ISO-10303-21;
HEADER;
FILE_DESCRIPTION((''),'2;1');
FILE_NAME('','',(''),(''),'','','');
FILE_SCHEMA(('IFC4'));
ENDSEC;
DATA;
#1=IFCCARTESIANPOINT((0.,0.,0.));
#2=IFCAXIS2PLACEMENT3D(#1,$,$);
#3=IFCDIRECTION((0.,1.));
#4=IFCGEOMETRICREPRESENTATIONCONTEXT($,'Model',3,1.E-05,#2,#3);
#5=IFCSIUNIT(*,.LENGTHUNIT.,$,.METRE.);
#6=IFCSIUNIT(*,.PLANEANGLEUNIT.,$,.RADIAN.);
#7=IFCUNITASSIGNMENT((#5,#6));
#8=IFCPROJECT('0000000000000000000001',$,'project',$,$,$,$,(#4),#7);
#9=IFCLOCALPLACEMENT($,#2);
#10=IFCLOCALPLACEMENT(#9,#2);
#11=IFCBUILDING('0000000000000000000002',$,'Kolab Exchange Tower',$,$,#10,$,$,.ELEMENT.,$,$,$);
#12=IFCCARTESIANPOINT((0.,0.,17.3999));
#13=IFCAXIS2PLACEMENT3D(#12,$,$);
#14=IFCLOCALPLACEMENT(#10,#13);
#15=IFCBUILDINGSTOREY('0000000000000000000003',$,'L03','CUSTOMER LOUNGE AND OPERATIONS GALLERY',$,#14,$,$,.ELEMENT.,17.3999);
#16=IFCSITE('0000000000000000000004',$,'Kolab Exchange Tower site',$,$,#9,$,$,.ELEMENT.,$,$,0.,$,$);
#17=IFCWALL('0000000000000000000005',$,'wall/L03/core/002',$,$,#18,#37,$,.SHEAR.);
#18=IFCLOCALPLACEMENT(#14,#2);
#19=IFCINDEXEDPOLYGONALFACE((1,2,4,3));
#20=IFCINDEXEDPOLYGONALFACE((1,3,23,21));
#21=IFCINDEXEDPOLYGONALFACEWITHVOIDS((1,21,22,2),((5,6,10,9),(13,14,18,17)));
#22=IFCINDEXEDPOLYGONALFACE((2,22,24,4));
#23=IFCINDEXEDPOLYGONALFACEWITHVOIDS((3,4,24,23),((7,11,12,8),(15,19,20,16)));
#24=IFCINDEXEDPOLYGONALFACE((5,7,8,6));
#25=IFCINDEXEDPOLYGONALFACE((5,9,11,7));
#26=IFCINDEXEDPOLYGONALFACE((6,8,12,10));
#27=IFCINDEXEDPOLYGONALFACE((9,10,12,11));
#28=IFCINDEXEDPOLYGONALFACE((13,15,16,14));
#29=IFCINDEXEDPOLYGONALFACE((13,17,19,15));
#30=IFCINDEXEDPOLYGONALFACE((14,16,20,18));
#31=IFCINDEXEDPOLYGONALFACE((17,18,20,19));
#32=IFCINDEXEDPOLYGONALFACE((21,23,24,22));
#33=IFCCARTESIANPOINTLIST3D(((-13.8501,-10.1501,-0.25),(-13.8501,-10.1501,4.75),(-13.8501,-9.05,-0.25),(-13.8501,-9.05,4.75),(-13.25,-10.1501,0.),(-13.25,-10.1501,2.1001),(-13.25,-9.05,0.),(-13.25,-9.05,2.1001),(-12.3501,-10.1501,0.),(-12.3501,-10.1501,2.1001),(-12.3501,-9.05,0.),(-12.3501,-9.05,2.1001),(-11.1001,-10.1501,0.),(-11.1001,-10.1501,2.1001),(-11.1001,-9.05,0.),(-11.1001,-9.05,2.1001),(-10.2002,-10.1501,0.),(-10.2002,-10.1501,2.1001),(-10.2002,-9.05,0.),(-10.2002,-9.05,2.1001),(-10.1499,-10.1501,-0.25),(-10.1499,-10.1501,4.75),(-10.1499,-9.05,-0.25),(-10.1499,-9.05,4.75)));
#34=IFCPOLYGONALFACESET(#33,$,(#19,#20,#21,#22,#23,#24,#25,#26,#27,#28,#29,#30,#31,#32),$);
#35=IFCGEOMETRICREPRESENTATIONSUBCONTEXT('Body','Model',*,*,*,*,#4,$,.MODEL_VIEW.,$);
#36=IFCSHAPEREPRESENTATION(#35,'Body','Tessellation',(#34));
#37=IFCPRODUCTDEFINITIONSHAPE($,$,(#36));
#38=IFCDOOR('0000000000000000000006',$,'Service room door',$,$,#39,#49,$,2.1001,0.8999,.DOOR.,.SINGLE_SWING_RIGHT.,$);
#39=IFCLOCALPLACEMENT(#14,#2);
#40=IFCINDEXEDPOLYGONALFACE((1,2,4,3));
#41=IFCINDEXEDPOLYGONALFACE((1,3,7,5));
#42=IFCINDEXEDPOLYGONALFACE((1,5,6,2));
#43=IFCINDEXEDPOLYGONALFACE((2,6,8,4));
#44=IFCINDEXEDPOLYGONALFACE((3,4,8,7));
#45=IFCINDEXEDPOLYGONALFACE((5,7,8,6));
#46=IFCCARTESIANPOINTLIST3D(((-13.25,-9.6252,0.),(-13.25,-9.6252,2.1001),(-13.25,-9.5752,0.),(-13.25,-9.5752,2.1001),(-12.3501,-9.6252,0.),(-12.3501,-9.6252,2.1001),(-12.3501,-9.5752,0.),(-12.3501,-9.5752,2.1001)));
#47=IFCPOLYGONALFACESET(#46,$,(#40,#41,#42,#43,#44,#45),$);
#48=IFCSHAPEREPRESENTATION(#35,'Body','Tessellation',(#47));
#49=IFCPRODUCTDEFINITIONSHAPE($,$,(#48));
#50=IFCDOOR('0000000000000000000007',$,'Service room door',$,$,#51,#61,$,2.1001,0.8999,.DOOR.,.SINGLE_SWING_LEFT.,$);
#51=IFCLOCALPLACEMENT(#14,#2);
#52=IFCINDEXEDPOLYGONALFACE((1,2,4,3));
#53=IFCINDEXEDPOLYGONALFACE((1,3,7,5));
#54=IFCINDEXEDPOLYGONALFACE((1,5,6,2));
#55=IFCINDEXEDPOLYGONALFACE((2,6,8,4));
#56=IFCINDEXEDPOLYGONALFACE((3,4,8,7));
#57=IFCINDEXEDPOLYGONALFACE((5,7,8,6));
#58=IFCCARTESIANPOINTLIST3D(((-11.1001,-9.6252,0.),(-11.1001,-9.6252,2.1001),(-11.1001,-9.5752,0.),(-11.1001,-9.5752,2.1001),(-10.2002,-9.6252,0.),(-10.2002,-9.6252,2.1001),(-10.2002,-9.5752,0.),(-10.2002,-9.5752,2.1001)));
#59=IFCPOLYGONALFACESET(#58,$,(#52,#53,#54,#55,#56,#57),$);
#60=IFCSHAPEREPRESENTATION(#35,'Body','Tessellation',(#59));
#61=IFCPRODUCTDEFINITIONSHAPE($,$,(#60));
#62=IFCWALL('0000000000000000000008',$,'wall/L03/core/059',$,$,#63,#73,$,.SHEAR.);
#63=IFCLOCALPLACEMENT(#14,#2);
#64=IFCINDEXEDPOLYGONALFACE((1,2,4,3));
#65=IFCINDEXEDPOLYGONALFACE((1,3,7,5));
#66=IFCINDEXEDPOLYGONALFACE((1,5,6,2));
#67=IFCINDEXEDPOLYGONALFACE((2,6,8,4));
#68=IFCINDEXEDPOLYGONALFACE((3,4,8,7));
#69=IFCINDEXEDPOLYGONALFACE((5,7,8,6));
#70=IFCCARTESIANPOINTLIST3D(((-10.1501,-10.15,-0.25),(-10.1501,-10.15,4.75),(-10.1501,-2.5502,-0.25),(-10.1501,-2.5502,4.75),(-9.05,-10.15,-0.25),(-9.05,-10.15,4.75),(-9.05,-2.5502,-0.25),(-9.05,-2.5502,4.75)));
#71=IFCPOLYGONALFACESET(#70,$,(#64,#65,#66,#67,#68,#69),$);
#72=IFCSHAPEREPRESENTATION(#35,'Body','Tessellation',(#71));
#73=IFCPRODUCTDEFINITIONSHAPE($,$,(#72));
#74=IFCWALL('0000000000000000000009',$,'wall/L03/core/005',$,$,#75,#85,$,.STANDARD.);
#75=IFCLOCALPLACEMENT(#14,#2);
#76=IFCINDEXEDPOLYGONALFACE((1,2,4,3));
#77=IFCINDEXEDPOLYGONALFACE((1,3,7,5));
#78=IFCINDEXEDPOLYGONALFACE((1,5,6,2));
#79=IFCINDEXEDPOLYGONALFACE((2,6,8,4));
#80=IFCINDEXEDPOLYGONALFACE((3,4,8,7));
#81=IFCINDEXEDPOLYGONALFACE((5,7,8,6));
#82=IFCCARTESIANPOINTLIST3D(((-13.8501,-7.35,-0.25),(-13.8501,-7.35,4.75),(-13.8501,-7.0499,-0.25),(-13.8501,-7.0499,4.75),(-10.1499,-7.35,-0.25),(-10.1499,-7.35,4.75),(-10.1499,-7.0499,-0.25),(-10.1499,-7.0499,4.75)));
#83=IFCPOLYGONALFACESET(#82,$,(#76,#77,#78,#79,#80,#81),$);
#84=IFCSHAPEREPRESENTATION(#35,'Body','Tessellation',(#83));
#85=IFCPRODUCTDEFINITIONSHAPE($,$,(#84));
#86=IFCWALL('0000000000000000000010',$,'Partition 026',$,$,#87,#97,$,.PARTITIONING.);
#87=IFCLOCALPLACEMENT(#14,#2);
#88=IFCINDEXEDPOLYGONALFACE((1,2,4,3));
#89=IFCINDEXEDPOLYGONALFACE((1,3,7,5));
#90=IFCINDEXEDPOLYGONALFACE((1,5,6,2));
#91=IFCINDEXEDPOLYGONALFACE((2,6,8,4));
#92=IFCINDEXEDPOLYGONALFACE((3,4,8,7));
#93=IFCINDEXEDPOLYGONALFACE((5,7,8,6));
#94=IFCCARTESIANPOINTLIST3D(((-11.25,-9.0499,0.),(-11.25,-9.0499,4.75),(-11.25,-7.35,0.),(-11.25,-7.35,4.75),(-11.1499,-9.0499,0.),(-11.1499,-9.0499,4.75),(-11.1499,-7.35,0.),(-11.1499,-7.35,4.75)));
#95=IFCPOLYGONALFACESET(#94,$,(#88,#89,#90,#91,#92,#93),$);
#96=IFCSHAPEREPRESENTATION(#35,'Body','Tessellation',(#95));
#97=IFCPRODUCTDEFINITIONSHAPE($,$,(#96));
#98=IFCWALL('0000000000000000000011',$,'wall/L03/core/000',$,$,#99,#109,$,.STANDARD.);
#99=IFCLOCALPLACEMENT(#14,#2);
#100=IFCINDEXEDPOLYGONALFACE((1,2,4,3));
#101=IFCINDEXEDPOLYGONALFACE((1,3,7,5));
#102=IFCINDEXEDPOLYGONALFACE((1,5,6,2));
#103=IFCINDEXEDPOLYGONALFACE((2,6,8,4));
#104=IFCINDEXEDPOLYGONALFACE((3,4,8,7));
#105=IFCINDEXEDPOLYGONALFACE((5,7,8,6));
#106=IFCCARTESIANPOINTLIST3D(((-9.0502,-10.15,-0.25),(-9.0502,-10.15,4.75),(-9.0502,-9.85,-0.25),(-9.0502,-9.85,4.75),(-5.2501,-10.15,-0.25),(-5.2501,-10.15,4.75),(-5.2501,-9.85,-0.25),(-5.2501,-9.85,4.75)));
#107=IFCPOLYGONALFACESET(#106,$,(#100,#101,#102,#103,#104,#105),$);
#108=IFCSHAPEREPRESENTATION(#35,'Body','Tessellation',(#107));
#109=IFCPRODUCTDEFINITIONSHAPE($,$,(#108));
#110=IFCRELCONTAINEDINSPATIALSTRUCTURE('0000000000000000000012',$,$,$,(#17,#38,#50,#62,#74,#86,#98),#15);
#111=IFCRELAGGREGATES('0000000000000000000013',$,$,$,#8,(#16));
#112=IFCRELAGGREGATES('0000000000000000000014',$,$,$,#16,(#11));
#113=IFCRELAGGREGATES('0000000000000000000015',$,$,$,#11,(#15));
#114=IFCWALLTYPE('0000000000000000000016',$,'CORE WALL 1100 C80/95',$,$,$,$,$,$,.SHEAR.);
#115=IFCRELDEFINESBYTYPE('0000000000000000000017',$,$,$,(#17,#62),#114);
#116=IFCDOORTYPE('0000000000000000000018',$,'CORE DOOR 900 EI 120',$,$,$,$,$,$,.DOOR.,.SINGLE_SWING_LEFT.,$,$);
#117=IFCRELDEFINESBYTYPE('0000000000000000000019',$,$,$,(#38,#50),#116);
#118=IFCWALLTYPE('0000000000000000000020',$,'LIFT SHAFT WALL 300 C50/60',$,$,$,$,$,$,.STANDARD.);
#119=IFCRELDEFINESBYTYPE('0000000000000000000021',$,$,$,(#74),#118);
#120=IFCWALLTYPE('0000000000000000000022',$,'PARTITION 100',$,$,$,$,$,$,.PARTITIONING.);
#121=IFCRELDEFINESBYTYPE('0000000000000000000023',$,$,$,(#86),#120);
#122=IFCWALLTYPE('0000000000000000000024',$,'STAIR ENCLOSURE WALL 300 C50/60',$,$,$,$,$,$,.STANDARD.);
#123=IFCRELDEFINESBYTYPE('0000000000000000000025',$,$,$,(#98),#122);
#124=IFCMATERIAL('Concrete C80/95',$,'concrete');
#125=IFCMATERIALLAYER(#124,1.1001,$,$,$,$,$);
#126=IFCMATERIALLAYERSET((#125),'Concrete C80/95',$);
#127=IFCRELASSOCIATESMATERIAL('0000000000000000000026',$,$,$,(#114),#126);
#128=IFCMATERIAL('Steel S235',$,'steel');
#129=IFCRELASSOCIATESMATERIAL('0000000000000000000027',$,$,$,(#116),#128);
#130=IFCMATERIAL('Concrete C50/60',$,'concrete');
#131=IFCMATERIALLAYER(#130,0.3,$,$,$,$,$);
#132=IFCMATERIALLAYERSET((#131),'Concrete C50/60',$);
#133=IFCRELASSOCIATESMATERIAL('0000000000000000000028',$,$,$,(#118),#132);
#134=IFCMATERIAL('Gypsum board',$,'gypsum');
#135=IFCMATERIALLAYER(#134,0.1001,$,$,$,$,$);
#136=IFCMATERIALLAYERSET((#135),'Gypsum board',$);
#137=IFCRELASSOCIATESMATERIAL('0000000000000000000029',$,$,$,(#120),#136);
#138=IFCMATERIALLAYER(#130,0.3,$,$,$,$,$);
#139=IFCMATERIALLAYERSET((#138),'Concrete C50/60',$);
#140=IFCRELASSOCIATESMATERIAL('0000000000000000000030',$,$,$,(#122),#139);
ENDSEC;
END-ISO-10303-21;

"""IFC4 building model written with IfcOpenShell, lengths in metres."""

from ifc_helpers import new_model, si_unit, direction, frame, frame_2d, origin, place, context, subcontext, project, spatial, rectangle, extrude, material, layer, layer_set, type_object, element, fill, save


model = new_model("IFC4")

# Units and contexts
model_context = context("Model", 3, precision=1e-05, world=origin(), true_north=direction((0.0, 1.0)))
body_context = subcontext(model_context, "Body", "Model", "MODEL_VIEW")
ifc_project = project(units=[si_unit("LENGTHUNIT", "METRE"), si_unit("PLANEANGLEUNIT", "RADIAN")], contexts=[model_context])

# Site, building, storey
site_placement = place(None, origin())
site = spatial("IfcSite", under=ifc_project, at=site_placement, Name="Kolab Exchange Tower site", CompositionType="ELEMENT", RefElevation=0.0)
building_placement = place(site_placement, origin())
building = spatial("IfcBuilding", under=site, at=building_placement, Name="Kolab Exchange Tower", CompositionType="ELEMENT")
storey_placement = place(building_placement, frame((0.0, 0.0, 17.3999)))
storey = spatial("IfcBuildingStorey", under=building, at=storey_placement, Name="L03", Description="CUSTOMER LOUNGE AND OPERATIONS GALLERY", CompositionType="ELEMENT", Elevation=17.3999)

# Wall, openings, doors
ifc_material_1 = material(Name="Concrete C80/95", Category="concrete")
ifc_layer_1 = layer(ifc_material_1, 1.1001)
ifc_layer_set_1 = layer_set([ifc_layer_1], Name="Concrete C80/95")
wall_type_1 = type_object("IfcWallType", Name="CORE WALL 1100 C80/95", PredefinedType="SHEAR", material=ifc_layer_set_1)
wall_1_placement = place(storey_placement, frame((-13.8501, -9.6001, -0.25), z_axis=(0.0, 0.0, 1.0), x_axis=(1.0, 0.0, 0.0)))
wall_1 = element("IfcWall", 1, at=wall_1_placement, inside=storey, type_object=wall_type_1, Name="wall/L03/core/002", PredefinedType="SHEAR", context=body_context, shape_type="SweptSolid", body=[
    extrude(rectangle(XDim=3.7002, YDim=1.1001, at=frame_2d((1.8501, 0.0))), origin(), (0.0, 0.0, 1.0), 5.0),
])
opening_1_placement = place(wall_1_placement, frame((0.6001, 0.0, 0.25)))
opening_1 = element("IfcOpeningElement", 2, at=opening_1_placement, cuts=wall_1, PredefinedType="OPENING", context=body_context, shape_type="SweptSolid", body=[
    extrude(rectangle(XDim=0.8999, YDim=2.1001, at=frame_2d((0.45, 1.05))), frame((0.0, 0.5601, 0.0), z_axis=(0.0, -1.0, 0.0), x_axis=(1.0, 0.0, 0.0)), (0.0, 0.0, 1.0), 1.1201),
])
opening_2_placement = place(wall_1_placement, frame((2.75, 0.0, 0.25)))
opening_2 = element("IfcOpeningElement", 3, at=opening_2_placement, cuts=wall_1, PredefinedType="OPENING", context=body_context, shape_type="SweptSolid", body=[
    extrude(rectangle(XDim=0.8999, YDim=2.1001, at=frame_2d((0.45, 1.05))), frame((0.0, 0.5601, 0.0), z_axis=(0.0, -1.0, 0.0), x_axis=(1.0, 0.0, 0.0)), (0.0, 0.0, 1.0), 1.1201),
])
ifc_material_2 = material(Name="Steel S235", Category="steel")
door_type = type_object("IfcDoorType", Name="CORE DOOR 900 EI 120", OperationType="SINGLE_SWING_LEFT", PredefinedType="DOOR", material=ifc_material_2)
door_1_placement = place(opening_1_placement, origin())
door_1 = element("IfcDoor", 4, at=door_1_placement, inside=storey, type_object=door_type, Name="Service room door", OperationType="SINGLE_SWING_RIGHT", OverallHeight=2.1001, OverallWidth=0.8999, PredefinedType="DOOR", context=body_context, shape_type="SweptSolid", body=[
    extrude(rectangle(XDim=0.8999, YDim=2.1001, at=frame_2d((0.45, 1.05))), frame((0.0, 0.0249, 0.0), z_axis=(0.0, -1.0, 0.0), x_axis=(1.0, 0.0, 0.0)), (0.0, 0.0, 1.0), 0.05),
])
fill(opening_1, door_1)
door_2_placement = place(opening_2_placement, origin())
door_2 = element("IfcDoor", 5, at=door_2_placement, inside=storey, type_object=door_type, Name="Service room door", OperationType="SINGLE_SWING_LEFT", OverallHeight=2.1001, OverallWidth=0.8999, PredefinedType="DOOR", context=body_context, shape_type="SweptSolid", body=[
    extrude(rectangle(XDim=0.8999, YDim=2.1001, at=frame_2d((0.45, 1.05))), frame((0.0, 0.0249, 0.0), z_axis=(0.0, -1.0, 0.0), x_axis=(1.0, 0.0, 0.0)), (0.0, 0.0, 1.0), 0.05),
])
fill(opening_2, door_2)

# Walls
wall_2_placement = place(storey_placement, frame((-9.6001, -10.1499, -0.25), z_axis=(0.0, 0.0, 1.0), x_axis=(0.0, 1.0, 0.0)))
element("IfcWall", 6, at=wall_2_placement, inside=storey, type_object=wall_type_1, Name="wall/L03/core/059", PredefinedType="SHEAR", context=body_context, shape_type="SweptSolid", body=[
    extrude(rectangle(XDim=7.5999, YDim=1.1001, at=frame_2d((3.7998, 0.0))), origin(), (0.0, 0.0, 1.0), 5.0),
])
ifc_material_3 = material(Name="Concrete C50/60", Category="concrete")
ifc_layer_2 = layer(ifc_material_3, 0.3)
ifc_layer_set_2 = layer_set([ifc_layer_2], Name="Concrete C50/60")
wall_type_2 = type_object("IfcWallType", Name="LIFT SHAFT WALL 300 C50/60", PredefinedType="STANDARD", material=ifc_layer_set_2)
wall_3_placement = place(storey_placement, frame((-13.8501, -7.2, -0.25), z_axis=(0.0, 0.0, 1.0), x_axis=(1.0, 0.0, 0.0)))
element("IfcWall", 7, at=wall_3_placement, inside=storey, type_object=wall_type_2, Name="wall/L03/core/005", PredefinedType="STANDARD", context=body_context, shape_type="SweptSolid", body=[
    extrude(rectangle(XDim=3.7002, YDim=0.3, at=frame_2d((1.8501, 0.0))), origin(), (0.0, 0.0, 1.0), 5.0),
])
ifc_material_4 = material(Name="Gypsum board", Category="gypsum")
ifc_layer_3 = layer(ifc_material_4, 0.1001)
ifc_layer_set_3 = layer_set([ifc_layer_3], Name="Gypsum board")
wall_type_3 = type_object("IfcWallType", Name="PARTITION 100", PredefinedType="PARTITIONING", material=ifc_layer_set_3)
wall_4_placement = place(storey_placement, frame((-11.2, -9.05, 0.0), z_axis=(0.0, 0.0, 1.0), x_axis=(0.0, 1.0, 0.0)))
element("IfcWall", 8, at=wall_4_placement, inside=storey, type_object=wall_type_3, Name="Partition 026", PredefinedType="PARTITIONING", context=body_context, shape_type="SweptSolid", body=[
    extrude(rectangle(XDim=1.7, YDim=0.1001, at=frame_2d((0.8501, 0.0))), origin(), (0.0, 0.0, 1.0), 4.75),
])
ifc_layer_4 = layer(ifc_material_3, 0.3)
ifc_layer_set_4 = layer_set([ifc_layer_4], Name="Concrete C50/60")
wall_type_4 = type_object("IfcWallType", Name="STAIR ENCLOSURE WALL 300 C50/60", PredefinedType="STANDARD", material=ifc_layer_set_4)
wall_5_placement = place(storey_placement, frame((-9.05, -10.0, -0.25), z_axis=(0.0, 0.0, 1.0), x_axis=(1.0, 0.0, 0.0)))
element("IfcWall", 9, at=wall_5_placement, inside=storey, type_object=wall_type_4, Name="wall/L03/core/000", PredefinedType="STANDARD", context=body_context, shape_type="SweptSolid", body=[
    extrude(rectangle(XDim=3.8, YDim=0.3, at=frame_2d((1.8999, 0.0))), origin(), (0.0, 0.0, 1.0), 5.0),
])

save(model, "model.ifc")
